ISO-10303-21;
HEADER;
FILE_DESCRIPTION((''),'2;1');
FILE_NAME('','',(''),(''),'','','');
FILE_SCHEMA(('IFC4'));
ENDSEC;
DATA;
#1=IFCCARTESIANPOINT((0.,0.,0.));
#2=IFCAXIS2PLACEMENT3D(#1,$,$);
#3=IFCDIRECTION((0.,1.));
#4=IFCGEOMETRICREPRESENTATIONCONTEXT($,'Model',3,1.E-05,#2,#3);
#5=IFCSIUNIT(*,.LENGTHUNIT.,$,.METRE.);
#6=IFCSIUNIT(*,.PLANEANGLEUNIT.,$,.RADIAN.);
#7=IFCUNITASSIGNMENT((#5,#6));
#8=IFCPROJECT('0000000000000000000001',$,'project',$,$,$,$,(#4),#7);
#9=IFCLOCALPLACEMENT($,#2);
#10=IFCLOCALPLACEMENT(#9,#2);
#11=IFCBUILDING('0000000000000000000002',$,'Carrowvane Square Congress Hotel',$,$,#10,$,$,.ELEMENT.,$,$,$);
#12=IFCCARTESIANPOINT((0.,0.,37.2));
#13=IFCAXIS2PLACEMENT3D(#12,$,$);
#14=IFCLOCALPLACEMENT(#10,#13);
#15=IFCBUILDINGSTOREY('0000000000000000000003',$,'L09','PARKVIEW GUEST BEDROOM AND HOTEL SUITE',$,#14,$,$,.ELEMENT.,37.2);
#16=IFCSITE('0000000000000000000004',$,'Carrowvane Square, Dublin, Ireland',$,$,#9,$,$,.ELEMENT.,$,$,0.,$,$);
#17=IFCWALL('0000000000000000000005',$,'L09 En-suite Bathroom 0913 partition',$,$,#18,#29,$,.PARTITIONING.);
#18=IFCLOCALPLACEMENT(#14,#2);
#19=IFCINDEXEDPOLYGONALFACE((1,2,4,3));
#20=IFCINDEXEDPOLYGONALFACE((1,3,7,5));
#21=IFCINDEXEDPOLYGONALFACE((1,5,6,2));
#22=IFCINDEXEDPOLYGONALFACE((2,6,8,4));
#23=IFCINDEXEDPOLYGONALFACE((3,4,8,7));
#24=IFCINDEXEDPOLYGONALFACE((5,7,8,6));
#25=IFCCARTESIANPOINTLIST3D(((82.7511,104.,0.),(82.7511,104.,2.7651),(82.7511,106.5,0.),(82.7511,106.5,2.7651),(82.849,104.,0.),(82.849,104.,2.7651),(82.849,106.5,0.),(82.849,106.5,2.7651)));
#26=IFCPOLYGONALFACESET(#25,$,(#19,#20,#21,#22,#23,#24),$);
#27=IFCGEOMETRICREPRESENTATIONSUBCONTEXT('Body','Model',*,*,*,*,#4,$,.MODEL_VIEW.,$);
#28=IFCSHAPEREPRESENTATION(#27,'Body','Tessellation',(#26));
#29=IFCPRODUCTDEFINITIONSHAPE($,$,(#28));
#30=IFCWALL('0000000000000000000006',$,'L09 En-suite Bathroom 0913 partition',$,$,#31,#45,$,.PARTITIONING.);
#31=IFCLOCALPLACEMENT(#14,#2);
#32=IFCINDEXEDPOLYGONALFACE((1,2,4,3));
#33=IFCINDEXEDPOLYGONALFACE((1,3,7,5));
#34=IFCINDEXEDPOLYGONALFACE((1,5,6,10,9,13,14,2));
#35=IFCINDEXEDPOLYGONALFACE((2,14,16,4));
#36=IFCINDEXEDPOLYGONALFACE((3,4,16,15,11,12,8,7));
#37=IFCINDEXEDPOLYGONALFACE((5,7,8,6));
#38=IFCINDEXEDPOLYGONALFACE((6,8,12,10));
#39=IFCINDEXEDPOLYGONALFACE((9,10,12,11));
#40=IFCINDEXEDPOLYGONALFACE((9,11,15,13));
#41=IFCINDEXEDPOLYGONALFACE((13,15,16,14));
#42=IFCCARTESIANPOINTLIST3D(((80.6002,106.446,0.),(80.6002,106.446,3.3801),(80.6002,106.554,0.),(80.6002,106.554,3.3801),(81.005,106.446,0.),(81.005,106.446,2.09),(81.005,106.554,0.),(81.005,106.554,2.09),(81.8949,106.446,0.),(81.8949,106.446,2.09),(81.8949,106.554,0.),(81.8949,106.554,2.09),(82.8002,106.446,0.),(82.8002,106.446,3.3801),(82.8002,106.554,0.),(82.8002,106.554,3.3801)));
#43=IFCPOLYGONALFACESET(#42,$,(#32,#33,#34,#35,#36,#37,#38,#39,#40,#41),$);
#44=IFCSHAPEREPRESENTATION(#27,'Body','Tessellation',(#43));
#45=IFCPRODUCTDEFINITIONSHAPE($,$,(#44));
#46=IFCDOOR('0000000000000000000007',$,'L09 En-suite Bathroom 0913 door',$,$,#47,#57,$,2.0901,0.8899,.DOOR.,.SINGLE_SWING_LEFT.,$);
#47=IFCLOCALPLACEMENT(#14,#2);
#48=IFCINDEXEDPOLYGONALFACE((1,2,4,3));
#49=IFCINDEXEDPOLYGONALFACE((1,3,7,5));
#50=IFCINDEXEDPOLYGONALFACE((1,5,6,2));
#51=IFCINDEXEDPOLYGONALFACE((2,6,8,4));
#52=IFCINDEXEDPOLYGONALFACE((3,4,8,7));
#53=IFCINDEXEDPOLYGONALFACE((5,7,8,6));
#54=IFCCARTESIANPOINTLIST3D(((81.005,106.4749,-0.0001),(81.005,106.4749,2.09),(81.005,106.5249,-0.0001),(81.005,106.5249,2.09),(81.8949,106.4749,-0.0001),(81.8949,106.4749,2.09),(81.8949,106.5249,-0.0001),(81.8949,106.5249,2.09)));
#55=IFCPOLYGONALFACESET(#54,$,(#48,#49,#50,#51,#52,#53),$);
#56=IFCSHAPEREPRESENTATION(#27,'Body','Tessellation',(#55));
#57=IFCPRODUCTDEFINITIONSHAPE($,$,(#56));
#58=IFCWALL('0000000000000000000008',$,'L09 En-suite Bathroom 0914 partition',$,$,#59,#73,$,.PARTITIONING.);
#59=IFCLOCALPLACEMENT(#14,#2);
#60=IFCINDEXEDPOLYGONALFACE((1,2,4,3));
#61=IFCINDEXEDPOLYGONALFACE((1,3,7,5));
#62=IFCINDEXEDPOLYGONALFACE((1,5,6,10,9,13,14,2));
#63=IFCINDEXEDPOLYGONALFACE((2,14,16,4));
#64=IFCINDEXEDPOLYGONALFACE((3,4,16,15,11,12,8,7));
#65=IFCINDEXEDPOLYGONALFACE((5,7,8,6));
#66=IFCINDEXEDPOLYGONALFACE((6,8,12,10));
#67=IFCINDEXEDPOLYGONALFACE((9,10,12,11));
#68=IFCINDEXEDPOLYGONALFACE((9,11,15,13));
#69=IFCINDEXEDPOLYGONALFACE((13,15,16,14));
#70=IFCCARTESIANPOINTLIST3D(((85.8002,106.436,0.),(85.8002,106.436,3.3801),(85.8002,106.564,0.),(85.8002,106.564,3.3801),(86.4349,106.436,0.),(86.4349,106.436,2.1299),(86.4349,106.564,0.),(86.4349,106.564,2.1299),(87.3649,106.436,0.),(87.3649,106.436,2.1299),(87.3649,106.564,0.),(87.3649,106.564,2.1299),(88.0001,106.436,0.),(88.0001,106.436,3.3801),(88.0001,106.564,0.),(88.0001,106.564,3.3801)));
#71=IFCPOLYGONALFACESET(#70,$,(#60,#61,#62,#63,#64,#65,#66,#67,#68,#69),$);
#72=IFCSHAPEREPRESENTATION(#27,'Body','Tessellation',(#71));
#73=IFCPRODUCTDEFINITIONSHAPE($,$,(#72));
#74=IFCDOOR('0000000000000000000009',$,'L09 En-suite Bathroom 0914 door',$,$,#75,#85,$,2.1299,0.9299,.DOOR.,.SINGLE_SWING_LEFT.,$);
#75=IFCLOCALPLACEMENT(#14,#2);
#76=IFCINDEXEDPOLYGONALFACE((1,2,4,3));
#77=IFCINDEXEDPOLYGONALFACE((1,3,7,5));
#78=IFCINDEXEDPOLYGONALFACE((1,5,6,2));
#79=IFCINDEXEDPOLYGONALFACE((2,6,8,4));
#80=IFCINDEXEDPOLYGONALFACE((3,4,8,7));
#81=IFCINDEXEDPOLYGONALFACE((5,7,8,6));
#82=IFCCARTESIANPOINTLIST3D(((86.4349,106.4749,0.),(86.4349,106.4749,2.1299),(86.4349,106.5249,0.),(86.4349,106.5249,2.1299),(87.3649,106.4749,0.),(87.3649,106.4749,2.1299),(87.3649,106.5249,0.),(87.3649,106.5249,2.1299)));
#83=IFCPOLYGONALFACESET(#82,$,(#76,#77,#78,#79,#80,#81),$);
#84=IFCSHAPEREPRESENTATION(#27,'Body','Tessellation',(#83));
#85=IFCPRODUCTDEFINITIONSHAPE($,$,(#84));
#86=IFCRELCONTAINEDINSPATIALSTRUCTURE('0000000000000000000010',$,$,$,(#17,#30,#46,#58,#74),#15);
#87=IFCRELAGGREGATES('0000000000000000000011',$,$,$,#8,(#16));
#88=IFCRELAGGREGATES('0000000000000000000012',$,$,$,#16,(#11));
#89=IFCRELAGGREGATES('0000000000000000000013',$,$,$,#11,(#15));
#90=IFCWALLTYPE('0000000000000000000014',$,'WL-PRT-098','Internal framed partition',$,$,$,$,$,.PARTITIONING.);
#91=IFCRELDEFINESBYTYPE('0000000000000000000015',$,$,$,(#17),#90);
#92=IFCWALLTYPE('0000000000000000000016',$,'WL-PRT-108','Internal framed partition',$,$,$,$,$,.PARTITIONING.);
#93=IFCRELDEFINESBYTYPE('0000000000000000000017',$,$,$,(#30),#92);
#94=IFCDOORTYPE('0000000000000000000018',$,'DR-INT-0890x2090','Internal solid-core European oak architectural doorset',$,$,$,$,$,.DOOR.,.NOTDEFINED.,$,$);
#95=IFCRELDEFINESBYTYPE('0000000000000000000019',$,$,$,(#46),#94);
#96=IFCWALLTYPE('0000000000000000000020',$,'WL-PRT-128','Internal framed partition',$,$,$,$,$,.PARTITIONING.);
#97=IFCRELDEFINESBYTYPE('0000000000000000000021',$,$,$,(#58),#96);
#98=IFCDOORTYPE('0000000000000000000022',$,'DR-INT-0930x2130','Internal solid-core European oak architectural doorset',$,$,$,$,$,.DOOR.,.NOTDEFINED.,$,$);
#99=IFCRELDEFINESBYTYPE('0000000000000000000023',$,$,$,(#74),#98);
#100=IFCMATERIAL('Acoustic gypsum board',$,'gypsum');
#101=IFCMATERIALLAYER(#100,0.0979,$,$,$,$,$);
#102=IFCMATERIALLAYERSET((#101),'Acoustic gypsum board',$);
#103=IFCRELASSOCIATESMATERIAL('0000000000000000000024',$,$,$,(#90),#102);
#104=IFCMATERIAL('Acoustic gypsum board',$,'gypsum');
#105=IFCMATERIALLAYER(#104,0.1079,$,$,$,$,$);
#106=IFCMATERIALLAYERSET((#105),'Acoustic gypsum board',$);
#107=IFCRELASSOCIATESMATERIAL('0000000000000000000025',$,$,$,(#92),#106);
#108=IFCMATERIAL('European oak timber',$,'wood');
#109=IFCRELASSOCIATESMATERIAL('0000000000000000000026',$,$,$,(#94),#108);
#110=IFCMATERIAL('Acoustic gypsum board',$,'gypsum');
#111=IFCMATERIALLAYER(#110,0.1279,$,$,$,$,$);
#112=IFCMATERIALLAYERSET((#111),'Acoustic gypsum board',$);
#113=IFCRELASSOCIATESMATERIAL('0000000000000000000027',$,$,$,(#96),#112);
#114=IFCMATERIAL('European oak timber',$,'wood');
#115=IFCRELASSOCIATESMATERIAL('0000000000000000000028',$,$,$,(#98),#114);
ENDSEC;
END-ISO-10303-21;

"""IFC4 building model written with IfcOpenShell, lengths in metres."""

from ifc_helpers import new_model, si_unit, direction, frame, frame_2d, origin, place, context, subcontext, project, spatial, rectangle, extrude, material, layer, layer_set, type_object, element, fill, save


model = new_model("IFC4")

# Units and contexts
model_context = context("Model", 3, precision=1e-05, world=origin(), true_north=direction((0.0, 1.0)))
body_context = subcontext(model_context, "Body", "Model", "MODEL_VIEW")
ifc_project = project(units=[si_unit("LENGTHUNIT", "METRE"), si_unit("PLANEANGLEUNIT", "RADIAN")], contexts=[model_context])

# Site, building, storey
site_placement = place(None, origin())
site = spatial("IfcSite", under=ifc_project, at=site_placement, Name="Carrowvane Square, Dublin, Ireland", CompositionType="ELEMENT", RefElevation=0.0)
building_placement = place(site_placement, origin())
building = spatial("IfcBuilding", under=site, at=building_placement, Name="Carrowvane Square Congress Hotel", CompositionType="ELEMENT")
storey_placement = place(building_placement, frame((0.0, 0.0, 37.2)))
storey = spatial("IfcBuildingStorey", under=building, at=storey_placement, Name="L09", Description="PARKVIEW GUEST BEDROOM AND HOTEL SUITE", CompositionType="ELEMENT", Elevation=37.2)

# Wall
ifc_material_1 = material(Name="Acoustic gypsum board", Category="gypsum")
ifc_layer_1 = layer(ifc_material_1, 0.0979)
ifc_layer_set_1 = layer_set([ifc_layer_1], Name="Acoustic gypsum board")
wall_type_1 = type_object("IfcWallType", Name="WL-PRT-098", Description="Internal framed partition", PredefinedType="PARTITIONING", material=ifc_layer_set_1)
wall_1_placement = place(storey_placement, frame((82.8, 106.5, 0.0), z_axis=(0.0, 0.0, 1.0), x_axis=(0.0, -1.0, 0.0)))
element("IfcWall", 1, at=wall_1_placement, inside=storey, type_object=wall_type_1, Name="L09 En-suite Bathroom 0913 partition", PredefinedType="PARTITIONING", context=body_context, shape_type="SweptSolid", body=[
    extrude(rectangle(XDim=2.5, YDim=0.0979, at=frame_2d((1.25, 0.0))), origin(), (0.0, 0.0, 1.0), 2.7651),
])

# Walls, openings, doors
ifc_material_2 = material(Name="Acoustic gypsum board", Category="gypsum")
ifc_layer_2 = layer(ifc_material_2, 0.1079)
ifc_layer_set_2 = layer_set([ifc_layer_2], Name="Acoustic gypsum board")
wall_type_2 = type_object("IfcWallType", Name="WL-PRT-108", Description="Internal framed partition", PredefinedType="PARTITIONING", material=ifc_layer_set_2)
wall_2_placement = place(storey_placement, frame((80.6001, 106.5, 0.0), z_axis=(0.0, 0.0, 1.0), x_axis=(1.0, 0.0, 0.0)))
wall_2 = element("IfcWall", 2, at=wall_2_placement, inside=storey, type_object=wall_type_2, Name="L09 En-suite Bathroom 0913 partition", PredefinedType="PARTITIONING", context=body_context, shape_type="SweptSolid", body=[
    extrude(rectangle(XDim=2.2, YDim=0.1079, at=frame_2d((1.1001, 0.0))), origin(), (0.0, 0.0, 1.0), 3.3801),
])
opening_1_placement = place(wall_2_placement, frame((0.405, 0.0, 0.0)))
opening_1 = element("IfcOpeningElement", 3, at=opening_1_placement, cuts=wall_2, PredefinedType="OPENING", context=body_context, shape_type="SweptSolid", body=[
    extrude(rectangle(XDim=0.8899, YDim=2.0901, at=frame_2d((0.4448, 1.0449))), frame((0.0, 0.064, 0.0), z_axis=(0.0, -1.0, 0.0), x_axis=(1.0, 0.0, 0.0)), (0.0, 0.0, 1.0), 0.1279),
])
ifc_material_3 = material(Name="European oak timber", Category="wood")
door_type_1 = type_object("IfcDoorType", Name="DR-INT-0890x2090", Description="Internal solid-core European oak architectural doorset", OperationType="NOTDEFINED", PredefinedType="DOOR", material=ifc_material_3)
door_1_placement = place(opening_1_placement, origin())
door_1 = element("IfcDoor", 4, at=door_1_placement, inside=storey, type_object=door_type_1, Name="L09 En-suite Bathroom 0913 door", OperationType="SINGLE_SWING_LEFT", OverallHeight=2.0901, OverallWidth=0.8899, PredefinedType="DOOR", context=body_context, shape_type="SweptSolid", body=[
    extrude(rectangle(XDim=0.8899, YDim=2.0901, at=frame_2d((0.4448, 1.0449))), frame((0.0, 0.0249, 0.0), z_axis=(0.0, -1.0, 0.0), x_axis=(1.0, 0.0, 0.0)), (0.0, 0.0, 1.0), 0.05),
])
fill(opening_1, door_1)
ifc_material_4 = material(Name="Acoustic gypsum board", Category="gypsum")
ifc_layer_3 = layer(ifc_material_4, 0.1279)
ifc_layer_set_3 = layer_set([ifc_layer_3], Name="Acoustic gypsum board")
wall_type_3 = type_object("IfcWallType", Name="WL-PRT-128", Description="Internal framed partition", PredefinedType="PARTITIONING", material=ifc_layer_set_3)
wall_3_placement = place(storey_placement, frame((85.8, 106.5, 0.0), z_axis=(0.0, 0.0, 1.0), x_axis=(1.0, 0.0, 0.0)))
wall_3 = element("IfcWall", 5, at=wall_3_placement, inside=storey, type_object=wall_type_3, Name="L09 En-suite Bathroom 0914 partition", PredefinedType="PARTITIONING", context=body_context, shape_type="SweptSolid", body=[
    extrude(rectangle(XDim=2.2, YDim=0.1279, at=frame_2d((1.1001, 0.0))), origin(), (0.0, 0.0, 1.0), 3.3801),
])
opening_2_placement = place(wall_3_placement, frame((0.635, 0.0, 0.0)))
opening_2 = element("IfcOpeningElement", 6, at=opening_2_placement, cuts=wall_3, PredefinedType="OPENING", context=body_context, shape_type="SweptSolid", body=[
    extrude(rectangle(XDim=0.9299, YDim=2.1299, at=frame_2d((0.4648, 1.0649))), frame((0.0, 0.074, 0.0), z_axis=(0.0, -1.0, 0.0), x_axis=(1.0, 0.0, 0.0)), (0.0, 0.0, 1.0), 0.1479),
])
ifc_material_5 = material(Name="European oak timber", Category="wood")
door_type_2 = type_object("IfcDoorType", Name="DR-INT-0930x2130", Description="Internal solid-core European oak architectural doorset", OperationType="NOTDEFINED", PredefinedType="DOOR", material=ifc_material_5)
door_2_placement = place(opening_2_placement, origin())
door_2 = element("IfcDoor", 7, at=door_2_placement, inside=storey, type_object=door_type_2, Name="L09 En-suite Bathroom 0914 door", OperationType="SINGLE_SWING_LEFT", OverallHeight=2.1299, OverallWidth=0.9299, PredefinedType="DOOR", context=body_context, shape_type="SweptSolid", body=[
    extrude(rectangle(XDim=0.9299, YDim=2.1299, at=frame_2d((0.4648, 1.0649))), frame((0.0, 0.0249, 0.0), z_axis=(0.0, -1.0, 0.0), x_axis=(1.0, 0.0, 0.0)), (0.0, 0.0, 1.0), 0.05),
])
fill(opening_2, door_2)

save(model, "model.ifc")
